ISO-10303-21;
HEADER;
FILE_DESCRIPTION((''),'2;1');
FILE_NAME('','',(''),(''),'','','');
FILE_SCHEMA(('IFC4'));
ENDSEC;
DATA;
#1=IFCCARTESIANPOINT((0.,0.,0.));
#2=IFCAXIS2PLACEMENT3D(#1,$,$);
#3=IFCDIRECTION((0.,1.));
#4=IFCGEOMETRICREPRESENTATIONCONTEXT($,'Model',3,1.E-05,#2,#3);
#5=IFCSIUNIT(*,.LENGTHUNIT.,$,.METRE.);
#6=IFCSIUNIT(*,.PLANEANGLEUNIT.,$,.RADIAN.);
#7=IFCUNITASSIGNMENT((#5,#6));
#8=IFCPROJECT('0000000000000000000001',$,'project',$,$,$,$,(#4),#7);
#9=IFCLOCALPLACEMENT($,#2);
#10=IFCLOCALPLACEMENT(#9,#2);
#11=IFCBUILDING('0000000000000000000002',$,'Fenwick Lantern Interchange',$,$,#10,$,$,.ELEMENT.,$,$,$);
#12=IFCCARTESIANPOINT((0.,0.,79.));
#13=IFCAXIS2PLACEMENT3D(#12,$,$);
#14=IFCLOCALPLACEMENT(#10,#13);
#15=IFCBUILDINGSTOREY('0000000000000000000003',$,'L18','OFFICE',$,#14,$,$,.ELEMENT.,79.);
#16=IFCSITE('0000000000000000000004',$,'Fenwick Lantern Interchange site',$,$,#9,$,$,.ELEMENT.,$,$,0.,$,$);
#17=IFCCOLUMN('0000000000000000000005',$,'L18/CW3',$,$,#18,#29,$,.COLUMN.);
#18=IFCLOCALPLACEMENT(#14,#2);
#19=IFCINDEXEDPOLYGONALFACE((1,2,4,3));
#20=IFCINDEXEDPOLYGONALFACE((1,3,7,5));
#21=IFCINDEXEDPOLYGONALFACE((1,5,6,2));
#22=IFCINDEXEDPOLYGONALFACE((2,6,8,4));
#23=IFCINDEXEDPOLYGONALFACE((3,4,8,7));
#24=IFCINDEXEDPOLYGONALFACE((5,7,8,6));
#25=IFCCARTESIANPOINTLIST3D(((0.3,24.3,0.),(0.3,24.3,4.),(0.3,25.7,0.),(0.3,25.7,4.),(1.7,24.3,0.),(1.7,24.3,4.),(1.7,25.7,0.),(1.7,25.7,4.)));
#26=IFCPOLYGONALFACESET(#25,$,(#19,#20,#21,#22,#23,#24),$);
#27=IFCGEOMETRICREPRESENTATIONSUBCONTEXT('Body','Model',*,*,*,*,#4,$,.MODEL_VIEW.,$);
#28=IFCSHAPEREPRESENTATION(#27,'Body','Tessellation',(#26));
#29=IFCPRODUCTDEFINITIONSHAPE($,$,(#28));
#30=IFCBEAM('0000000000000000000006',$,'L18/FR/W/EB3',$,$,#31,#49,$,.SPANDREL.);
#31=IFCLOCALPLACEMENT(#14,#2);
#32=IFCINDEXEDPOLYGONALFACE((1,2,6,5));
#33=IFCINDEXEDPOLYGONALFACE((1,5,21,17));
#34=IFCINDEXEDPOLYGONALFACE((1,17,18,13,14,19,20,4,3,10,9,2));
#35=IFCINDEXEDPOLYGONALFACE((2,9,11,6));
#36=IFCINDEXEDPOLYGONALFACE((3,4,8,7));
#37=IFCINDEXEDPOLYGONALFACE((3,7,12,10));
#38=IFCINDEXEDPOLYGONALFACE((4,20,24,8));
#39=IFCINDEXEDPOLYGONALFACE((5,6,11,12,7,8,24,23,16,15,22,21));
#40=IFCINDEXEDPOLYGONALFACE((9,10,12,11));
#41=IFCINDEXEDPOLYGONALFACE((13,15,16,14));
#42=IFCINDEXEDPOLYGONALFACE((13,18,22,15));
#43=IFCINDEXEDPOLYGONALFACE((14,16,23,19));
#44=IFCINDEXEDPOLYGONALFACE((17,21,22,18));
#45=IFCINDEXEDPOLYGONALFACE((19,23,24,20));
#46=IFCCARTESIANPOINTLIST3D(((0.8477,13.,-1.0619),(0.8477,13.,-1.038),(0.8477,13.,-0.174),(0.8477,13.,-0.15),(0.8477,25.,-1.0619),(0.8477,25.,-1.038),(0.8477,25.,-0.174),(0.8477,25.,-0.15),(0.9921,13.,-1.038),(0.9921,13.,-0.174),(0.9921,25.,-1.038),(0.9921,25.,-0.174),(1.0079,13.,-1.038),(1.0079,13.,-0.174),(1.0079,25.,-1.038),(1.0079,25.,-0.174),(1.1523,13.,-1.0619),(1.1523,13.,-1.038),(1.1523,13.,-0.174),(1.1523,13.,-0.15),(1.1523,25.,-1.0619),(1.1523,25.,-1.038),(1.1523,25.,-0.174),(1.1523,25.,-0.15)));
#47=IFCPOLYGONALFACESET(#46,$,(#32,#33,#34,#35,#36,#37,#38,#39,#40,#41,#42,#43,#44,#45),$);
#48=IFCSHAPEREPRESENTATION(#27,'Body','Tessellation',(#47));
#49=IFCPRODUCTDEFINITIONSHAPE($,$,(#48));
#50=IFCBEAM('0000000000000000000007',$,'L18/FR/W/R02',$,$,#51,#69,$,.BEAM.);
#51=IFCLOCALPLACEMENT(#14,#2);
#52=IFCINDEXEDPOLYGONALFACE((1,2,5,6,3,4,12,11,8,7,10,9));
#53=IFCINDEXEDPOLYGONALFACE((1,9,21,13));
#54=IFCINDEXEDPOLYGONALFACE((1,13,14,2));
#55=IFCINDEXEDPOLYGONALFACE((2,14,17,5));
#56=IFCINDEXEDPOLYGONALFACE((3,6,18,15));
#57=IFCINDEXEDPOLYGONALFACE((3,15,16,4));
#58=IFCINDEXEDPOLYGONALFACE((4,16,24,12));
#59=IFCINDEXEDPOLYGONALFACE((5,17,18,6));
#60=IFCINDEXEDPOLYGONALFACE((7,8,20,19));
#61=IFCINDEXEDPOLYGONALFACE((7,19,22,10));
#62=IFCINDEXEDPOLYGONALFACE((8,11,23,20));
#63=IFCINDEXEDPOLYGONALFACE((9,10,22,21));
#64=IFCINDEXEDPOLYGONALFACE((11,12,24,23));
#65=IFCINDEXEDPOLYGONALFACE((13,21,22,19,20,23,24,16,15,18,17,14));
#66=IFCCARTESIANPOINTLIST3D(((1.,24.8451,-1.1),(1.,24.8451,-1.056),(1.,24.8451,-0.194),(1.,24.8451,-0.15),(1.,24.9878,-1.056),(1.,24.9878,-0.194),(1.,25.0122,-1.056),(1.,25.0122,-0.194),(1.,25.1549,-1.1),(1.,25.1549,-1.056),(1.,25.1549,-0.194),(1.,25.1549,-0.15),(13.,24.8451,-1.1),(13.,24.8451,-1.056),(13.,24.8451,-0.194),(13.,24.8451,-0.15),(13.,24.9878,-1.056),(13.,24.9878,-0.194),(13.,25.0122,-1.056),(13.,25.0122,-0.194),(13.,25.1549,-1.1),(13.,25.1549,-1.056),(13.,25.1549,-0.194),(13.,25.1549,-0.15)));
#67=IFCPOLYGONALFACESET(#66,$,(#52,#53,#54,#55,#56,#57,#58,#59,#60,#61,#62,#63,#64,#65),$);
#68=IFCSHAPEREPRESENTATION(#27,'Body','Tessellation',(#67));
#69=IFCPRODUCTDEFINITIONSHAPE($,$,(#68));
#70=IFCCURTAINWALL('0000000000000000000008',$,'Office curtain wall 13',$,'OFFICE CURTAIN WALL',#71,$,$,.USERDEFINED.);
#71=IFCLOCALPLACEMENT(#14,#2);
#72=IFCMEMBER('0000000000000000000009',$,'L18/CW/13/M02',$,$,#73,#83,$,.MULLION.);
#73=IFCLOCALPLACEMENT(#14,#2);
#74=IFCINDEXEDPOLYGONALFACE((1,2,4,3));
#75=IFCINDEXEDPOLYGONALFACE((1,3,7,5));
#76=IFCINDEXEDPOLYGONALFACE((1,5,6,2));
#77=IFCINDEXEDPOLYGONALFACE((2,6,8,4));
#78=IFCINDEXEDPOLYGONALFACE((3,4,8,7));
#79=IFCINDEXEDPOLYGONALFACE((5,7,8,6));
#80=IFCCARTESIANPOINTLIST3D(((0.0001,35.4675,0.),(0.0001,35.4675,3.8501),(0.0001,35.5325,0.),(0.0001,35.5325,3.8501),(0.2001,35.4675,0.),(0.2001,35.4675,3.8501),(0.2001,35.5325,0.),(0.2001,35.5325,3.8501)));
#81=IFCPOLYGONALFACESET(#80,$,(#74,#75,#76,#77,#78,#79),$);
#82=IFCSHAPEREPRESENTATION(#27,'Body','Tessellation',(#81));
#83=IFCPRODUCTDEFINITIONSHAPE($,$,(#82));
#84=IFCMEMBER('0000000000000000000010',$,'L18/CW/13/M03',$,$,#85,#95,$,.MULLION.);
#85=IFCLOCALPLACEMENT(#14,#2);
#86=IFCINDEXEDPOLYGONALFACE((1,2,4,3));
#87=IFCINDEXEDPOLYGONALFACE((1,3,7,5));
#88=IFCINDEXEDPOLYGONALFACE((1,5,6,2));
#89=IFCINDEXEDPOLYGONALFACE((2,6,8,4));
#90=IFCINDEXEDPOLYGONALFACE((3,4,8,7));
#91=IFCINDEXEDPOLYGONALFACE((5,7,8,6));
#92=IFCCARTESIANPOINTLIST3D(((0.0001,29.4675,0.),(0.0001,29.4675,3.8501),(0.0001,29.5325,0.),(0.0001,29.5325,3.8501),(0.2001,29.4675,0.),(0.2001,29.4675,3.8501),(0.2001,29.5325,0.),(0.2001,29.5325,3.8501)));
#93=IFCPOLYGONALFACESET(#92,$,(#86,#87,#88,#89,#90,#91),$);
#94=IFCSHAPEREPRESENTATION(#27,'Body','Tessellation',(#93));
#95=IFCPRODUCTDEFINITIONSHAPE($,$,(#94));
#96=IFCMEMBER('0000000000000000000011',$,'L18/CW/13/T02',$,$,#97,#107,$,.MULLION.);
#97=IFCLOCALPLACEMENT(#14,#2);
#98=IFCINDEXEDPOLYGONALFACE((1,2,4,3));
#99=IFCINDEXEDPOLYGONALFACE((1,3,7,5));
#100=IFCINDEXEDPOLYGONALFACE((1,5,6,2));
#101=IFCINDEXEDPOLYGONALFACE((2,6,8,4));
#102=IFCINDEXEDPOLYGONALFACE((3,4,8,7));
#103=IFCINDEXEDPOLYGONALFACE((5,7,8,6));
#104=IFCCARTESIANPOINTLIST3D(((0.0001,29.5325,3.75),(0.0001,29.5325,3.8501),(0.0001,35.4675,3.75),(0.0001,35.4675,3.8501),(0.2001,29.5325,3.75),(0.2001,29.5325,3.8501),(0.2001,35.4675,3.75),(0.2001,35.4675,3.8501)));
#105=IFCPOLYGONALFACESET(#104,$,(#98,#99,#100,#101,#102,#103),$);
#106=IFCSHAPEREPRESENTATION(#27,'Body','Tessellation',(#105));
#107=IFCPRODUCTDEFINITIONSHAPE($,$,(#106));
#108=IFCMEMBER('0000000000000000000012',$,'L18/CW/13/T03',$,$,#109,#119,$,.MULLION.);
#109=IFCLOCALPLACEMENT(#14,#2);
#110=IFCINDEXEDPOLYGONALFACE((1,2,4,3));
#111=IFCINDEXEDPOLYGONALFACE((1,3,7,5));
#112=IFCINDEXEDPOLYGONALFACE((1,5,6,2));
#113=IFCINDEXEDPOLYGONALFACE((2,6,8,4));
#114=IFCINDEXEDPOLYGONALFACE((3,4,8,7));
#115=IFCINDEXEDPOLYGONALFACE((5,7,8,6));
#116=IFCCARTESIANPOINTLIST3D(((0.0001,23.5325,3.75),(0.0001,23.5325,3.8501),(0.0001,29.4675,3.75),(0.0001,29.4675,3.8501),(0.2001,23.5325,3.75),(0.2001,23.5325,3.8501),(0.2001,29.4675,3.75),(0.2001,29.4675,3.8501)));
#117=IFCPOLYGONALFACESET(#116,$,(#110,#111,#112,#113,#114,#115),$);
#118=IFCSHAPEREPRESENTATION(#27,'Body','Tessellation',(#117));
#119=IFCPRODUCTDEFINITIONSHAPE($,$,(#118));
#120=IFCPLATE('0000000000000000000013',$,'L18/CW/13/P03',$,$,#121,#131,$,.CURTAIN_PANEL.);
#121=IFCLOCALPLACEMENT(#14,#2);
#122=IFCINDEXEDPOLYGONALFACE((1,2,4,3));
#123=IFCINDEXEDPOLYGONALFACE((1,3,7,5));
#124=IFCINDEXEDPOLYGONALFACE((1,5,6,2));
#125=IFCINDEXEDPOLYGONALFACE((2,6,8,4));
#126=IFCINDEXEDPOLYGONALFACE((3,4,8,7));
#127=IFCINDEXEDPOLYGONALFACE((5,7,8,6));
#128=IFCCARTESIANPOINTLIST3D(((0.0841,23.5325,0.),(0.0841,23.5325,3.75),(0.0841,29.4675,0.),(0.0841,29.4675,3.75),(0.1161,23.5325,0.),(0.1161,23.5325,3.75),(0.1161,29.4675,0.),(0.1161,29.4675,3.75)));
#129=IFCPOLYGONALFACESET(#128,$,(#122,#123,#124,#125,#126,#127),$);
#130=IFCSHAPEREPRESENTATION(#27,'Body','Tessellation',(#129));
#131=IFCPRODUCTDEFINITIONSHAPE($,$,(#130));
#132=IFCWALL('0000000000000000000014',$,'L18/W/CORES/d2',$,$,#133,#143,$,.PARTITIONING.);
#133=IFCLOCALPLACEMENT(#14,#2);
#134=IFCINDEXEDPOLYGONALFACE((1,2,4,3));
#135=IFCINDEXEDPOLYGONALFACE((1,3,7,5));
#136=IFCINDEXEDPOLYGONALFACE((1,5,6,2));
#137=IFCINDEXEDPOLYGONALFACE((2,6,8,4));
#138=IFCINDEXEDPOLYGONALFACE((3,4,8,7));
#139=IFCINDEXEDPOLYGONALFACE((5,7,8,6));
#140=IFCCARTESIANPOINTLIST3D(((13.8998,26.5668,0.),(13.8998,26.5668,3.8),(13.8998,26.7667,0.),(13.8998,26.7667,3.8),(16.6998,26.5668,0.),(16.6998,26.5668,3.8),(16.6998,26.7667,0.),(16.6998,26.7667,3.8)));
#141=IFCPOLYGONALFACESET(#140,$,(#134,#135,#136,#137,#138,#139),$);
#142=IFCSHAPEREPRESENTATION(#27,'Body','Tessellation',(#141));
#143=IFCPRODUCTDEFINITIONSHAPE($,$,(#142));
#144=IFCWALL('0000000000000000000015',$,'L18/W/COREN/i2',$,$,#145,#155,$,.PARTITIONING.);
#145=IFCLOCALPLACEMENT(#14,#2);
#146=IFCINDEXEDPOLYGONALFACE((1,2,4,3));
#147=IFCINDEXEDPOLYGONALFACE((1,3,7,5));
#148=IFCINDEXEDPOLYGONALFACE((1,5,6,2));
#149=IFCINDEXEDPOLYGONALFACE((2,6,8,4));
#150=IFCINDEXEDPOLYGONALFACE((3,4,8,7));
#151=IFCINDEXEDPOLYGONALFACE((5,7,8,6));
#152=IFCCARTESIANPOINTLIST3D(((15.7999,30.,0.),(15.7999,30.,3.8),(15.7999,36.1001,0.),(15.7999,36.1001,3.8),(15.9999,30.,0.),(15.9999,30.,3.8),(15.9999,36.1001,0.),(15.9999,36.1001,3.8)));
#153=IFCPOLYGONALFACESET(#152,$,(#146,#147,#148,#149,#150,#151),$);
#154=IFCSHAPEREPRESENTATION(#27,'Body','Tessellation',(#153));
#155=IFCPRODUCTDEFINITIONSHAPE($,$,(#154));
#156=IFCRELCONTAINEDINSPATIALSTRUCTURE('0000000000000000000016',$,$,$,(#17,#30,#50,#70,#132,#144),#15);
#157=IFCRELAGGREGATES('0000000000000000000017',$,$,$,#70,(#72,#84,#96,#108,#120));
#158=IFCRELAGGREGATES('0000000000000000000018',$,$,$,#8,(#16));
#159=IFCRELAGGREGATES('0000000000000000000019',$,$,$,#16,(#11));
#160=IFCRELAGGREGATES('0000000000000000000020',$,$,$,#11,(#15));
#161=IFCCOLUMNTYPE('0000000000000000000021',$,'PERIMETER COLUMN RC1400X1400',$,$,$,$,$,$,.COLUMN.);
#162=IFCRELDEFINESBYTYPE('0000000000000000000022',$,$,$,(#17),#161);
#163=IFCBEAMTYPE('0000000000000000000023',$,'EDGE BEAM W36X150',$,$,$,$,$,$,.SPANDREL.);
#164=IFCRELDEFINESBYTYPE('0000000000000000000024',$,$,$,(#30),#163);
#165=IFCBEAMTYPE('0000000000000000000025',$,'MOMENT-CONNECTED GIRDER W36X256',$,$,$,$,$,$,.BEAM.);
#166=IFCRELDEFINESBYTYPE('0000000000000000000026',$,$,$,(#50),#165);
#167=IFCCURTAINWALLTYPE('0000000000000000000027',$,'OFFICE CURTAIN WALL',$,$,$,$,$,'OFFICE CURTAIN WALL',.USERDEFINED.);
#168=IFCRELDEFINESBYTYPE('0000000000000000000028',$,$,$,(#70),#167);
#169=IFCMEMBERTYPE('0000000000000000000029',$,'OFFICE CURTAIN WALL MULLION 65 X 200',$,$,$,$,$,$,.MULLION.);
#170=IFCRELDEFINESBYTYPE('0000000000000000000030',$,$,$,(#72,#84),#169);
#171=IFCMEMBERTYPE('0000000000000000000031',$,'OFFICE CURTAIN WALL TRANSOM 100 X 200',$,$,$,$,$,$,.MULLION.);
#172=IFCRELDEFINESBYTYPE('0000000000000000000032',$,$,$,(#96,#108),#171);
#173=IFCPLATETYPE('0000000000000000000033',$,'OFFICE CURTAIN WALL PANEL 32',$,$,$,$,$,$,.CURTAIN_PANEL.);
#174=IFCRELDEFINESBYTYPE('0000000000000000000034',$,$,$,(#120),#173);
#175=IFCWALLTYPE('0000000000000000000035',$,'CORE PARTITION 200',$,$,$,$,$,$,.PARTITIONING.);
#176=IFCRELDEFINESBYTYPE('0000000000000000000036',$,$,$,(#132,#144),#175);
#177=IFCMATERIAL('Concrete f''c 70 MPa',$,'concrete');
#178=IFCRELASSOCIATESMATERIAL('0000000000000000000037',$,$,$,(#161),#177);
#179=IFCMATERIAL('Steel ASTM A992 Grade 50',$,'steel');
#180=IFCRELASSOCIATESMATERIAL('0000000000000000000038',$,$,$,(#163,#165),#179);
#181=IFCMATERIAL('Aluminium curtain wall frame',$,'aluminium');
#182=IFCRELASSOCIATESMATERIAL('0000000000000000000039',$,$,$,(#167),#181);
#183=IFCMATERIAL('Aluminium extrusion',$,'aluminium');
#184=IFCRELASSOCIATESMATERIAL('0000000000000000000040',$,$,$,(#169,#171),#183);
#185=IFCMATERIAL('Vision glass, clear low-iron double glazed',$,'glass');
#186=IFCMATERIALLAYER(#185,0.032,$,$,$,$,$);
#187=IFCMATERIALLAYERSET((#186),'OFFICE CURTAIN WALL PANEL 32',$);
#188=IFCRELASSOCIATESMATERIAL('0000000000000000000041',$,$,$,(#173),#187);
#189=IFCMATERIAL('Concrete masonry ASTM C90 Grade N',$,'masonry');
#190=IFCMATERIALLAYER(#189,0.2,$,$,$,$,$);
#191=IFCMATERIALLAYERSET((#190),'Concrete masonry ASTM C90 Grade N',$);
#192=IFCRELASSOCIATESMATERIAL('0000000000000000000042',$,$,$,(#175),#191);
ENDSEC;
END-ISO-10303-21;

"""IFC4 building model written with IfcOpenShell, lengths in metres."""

from ifc_helpers import new_model, si_unit, direction, frame, frame_2d, origin, origin_2d, place, context, subcontext, project, spatial, rectangle, i_section, extrude, material, layer, layer_set, material_profile, profile_set, type_object, element, aggregate, save


model = new_model("IFC4")

# Units and contexts
model_context = context("Model", 3, precision=1e-05, world=origin(), true_north=direction((0.0, 1.0)))
body_context = subcontext(model_context, "Body", "Model", "MODEL_VIEW")
ifc_project = project(units=[si_unit("LENGTHUNIT", "METRE"), si_unit("PLANEANGLEUNIT", "RADIAN")], contexts=[model_context])

# Site, building, storey
site_placement = place(None, origin())
site = spatial("IfcSite", under=ifc_project, at=site_placement, Name="Fenwick Lantern Interchange site", CompositionType="ELEMENT", RefElevation=0.0)
building_placement = place(site_placement, origin())
building = spatial("IfcBuilding", under=site, at=building_placement, Name="Fenwick Lantern Interchange", CompositionType="ELEMENT")
storey_placement = place(building_placement, frame((0.0, 0.0, 79.0)))
storey = spatial("IfcBuildingStorey", under=building, at=storey_placement, Name="L18", Description="OFFICE", CompositionType="ELEMENT", Elevation=79.0)

# Column
ifc_material_1 = material(Name="Concrete f'c 70 MPa", Category="concrete")
ifc_material_profile_1 = material_profile(ifc_material_1, rectangle(XDim=1.3999, YDim=1.3999, at=origin_2d()), Name="RC1400X1400")
ifc_profile_set_1 = profile_set([ifc_material_profile_1], Name="Concrete f'c 70 MPa")
column_type = type_object("IfcColumnType", Name="PERIMETER COLUMN RC1400X1400", PredefinedType="COLUMN", material=ifc_profile_set_1)
column_placement = place(storey_placement, frame((1.0, 25.0, 0.0), z_axis=(0.0, 0.0, 1.0), x_axis=(1.0, 0.0, 0.0)))
element("IfcColumn", 1, at=column_placement, inside=storey, type_object=column_type, Name="L18/CW3", PredefinedType="COLUMN", context=body_context, shape_type="SweptSolid", body=[
    extrude(rectangle(XDim=1.3999, YDim=1.3999, at=origin_2d()), origin(), (0.0, 0.0, 1.0), 4.0),
])

# Beams
ifc_material_2 = material(Name="Steel ASTM A992 Grade 50", Category="steel")
ifc_material_profile_2 = material_profile(ifc_material_2, i_section(OverallWidth=0.3047, OverallDepth=0.9119, WebThickness=0.0159, FlangeThickness=0.0239, at=origin_2d()), Name="W36X150")
ifc_profile_set_2 = profile_set([ifc_material_profile_2], Name="Steel ASTM A992 Grade 50")
beam_type_1 = type_object("IfcBeamType", Name="EDGE BEAM W36X150", PredefinedType="SPANDREL", material=ifc_profile_set_2)
beam_1_placement = place(storey_placement, frame((1.0, 25.0, -0.606), z_axis=(0.0, -1.0, 0.0), x_axis=(1.0, 0.0, 0.0)))
element("IfcBeam", 2, at=beam_1_placement, inside=storey, type_object=beam_type_1, Name="L18/FR/W/EB3", PredefinedType="SPANDREL", context=body_context, shape_type="SweptSolid", body=[
    extrude(i_section(OverallWidth=0.3047, OverallDepth=0.9119, WebThickness=0.0159, FlangeThickness=0.0239, at=origin_2d()), origin(), (0.0, 0.0, 1.0), 12.0),
])
ifc_material_profile_3 = material_profile(ifc_material_2, i_section(OverallWidth=0.3098, OverallDepth=0.95, WebThickness=0.0244, FlangeThickness=0.0439, at=origin_2d()), Name="W36X256")
ifc_profile_set_3 = profile_set([ifc_material_profile_3], Name="Steel ASTM A992 Grade 50")
beam_type_2 = type_object("IfcBeamType", Name="MOMENT-CONNECTED GIRDER W36X256", PredefinedType="BEAM", material=ifc_profile_set_3)
beam_2_placement = place(storey_placement, frame((1.0, 25.0, -0.625), z_axis=(1.0, 0.0, 0.0), x_axis=(0.0, 1.0, 0.0)))
element("IfcBeam", 3, at=beam_2_placement, inside=storey, type_object=beam_type_2, Name="L18/FR/W/R02", PredefinedType="BEAM", context=body_context, shape_type="SweptSolid", body=[
    extrude(i_section(OverallWidth=0.3098, OverallDepth=0.95, WebThickness=0.0244, FlangeThickness=0.0439, at=origin_2d()), origin(), (0.0, 0.0, 1.0), 12.0),
])

# Curtain wall, members, plate
ifc_material_3 = material(Name="Aluminium curtain wall frame", Category="aluminium")
curtain_wall_type = type_object("IfcCurtainWallType", Name="OFFICE CURTAIN WALL", ElementType="OFFICE CURTAIN WALL", PredefinedType="USERDEFINED", material=ifc_material_3)
curtain_wall_placement = place(storey_placement, origin())
curtain_wall = element("IfcCurtainWall", 4, at=curtain_wall_placement, inside=storey, type_object=curtain_wall_type, Name="Office curtain wall 13", ObjectType="OFFICE CURTAIN WALL", PredefinedType="USERDEFINED")
ifc_material_4 = material(Name="Aluminium extrusion", Category="aluminium")
ifc_material_profile_4 = material_profile(ifc_material_4, rectangle(XDim=0.2, YDim=0.0649, at=origin_2d()), Name="OFFICE CURTAIN WALL MULLION 65 X 200")
ifc_profile_set_4 = profile_set([ifc_material_profile_4], Name="Aluminium extrusion")
member_type_1 = type_object("IfcMemberType", Name="OFFICE CURTAIN WALL MULLION 65 X 200", PredefinedType="MULLION", material=ifc_profile_set_4)
member_1_placement = place(storey_placement, frame((0.1001, 35.5, 0.0), z_axis=(0.0, 0.0, 1.0), x_axis=(1.0, 0.0, 0.0)))
member_1 = element("IfcMember", 5, at=member_1_placement, type_object=member_type_1, Name="L18/CW/13/M02", PredefinedType="MULLION", context=body_context, shape_type="SweptSolid", body=[
    extrude(rectangle(XDim=0.2, YDim=0.0649, at=origin_2d()), origin(), (0.0, 0.0, 1.0), 3.8501),
])
member_2_placement = place(storey_placement, frame((0.1001, 29.5, 0.0), z_axis=(0.0, 0.0, 1.0), x_axis=(1.0, 0.0, 0.0)))
member_2 = element("IfcMember", 6, at=member_2_placement, type_object=member_type_1, Name="L18/CW/13/M03", PredefinedType="MULLION", context=body_context, shape_type="SweptSolid", body=[
    extrude(rectangle(XDim=0.2, YDim=0.0649, at=origin_2d()), origin(), (0.0, 0.0, 1.0), 3.8501),
])
ifc_material_profile_5 = material_profile(ifc_material_4, rectangle(XDim=0.2, YDim=0.1001, at=origin_2d()), Name="OFFICE CURTAIN WALL TRANSOM 100 X 200")
ifc_profile_set_5 = profile_set([ifc_material_profile_5], Name="Aluminium extrusion")
member_type_2 = type_object("IfcMemberType", Name="OFFICE CURTAIN WALL TRANSOM 100 X 200", PredefinedType="MULLION", material=ifc_profile_set_5)
member_3_placement = place(storey_placement, frame((0.1001, 35.4675, 3.8), z_axis=(0.0, -1.0, 0.0), x_axis=(1.0, 0.0, 0.0)))
member_3 = element("IfcMember", 7, at=member_3_placement, type_object=member_type_2, Name="L18/CW/13/T02", PredefinedType="MULLION", context=body_context, shape_type="SweptSolid", body=[
    extrude(rectangle(XDim=0.2, YDim=0.1001, at=origin_2d()), origin(), (0.0, 0.0, 1.0), 5.9351),
])
member_4_placement = place(storey_placement, frame((0.1001, 29.4675, 3.8), z_axis=(0.0, -1.0, 0.0), x_axis=(1.0, 0.0, 0.0)))
member_4 = element("IfcMember", 8, at=member_4_placement, type_object=member_type_2, Name="L18/CW/13/T03", PredefinedType="MULLION", context=body_context, shape_type="SweptSolid", body=[
    extrude(rectangle(XDim=0.2, YDim=0.1001, at=origin_2d()), origin(), (0.0, 0.0, 1.0), 5.9351),
])
ifc_material_5 = material(Name="Vision glass, clear low-iron double glazed", Category="glass")
ifc_layer_1 = layer(ifc_material_5, 0.032)
ifc_layer_set_1 = layer_set([ifc_layer_1], Name="OFFICE CURTAIN WALL PANEL 32")
plate_type = type_object("IfcPlateType", Name="OFFICE CURTAIN WALL PANEL 32", PredefinedType="CURTAIN_PANEL", material=ifc_layer_set_1)
plate_placement = place(storey_placement, frame((0.1001, 26.5, 0.0), z_axis=(0.0, 0.0, 1.0), x_axis=(0.0, -1.0, 0.0)))
plate = element("IfcPlate", 9, at=plate_placement, type_object=plate_type, Name="L18/CW/13/P03", PredefinedType="CURTAIN_PANEL", context=body_context, shape_type="SweptSolid", body=[
    extrude(rectangle(XDim=5.9351, YDim=0.032, at=origin_2d()), origin(), (0.0, 0.0, 1.0), 3.75),
])
aggregate(curtain_wall, [member_1, member_2, member_3, member_4, plate])

# Walls
ifc_material_6 = material(Name="Concrete masonry ASTM C90 Grade N", Category="masonry")
ifc_layer_2 = layer(ifc_material_6, 0.2)
ifc_layer_set_2 = layer_set([ifc_layer_2], Name="Concrete masonry ASTM C90 Grade N")
wall_type_1 = type_object("IfcWallType", Name="CORE PARTITION 200", PredefinedType="PARTITIONING", material=ifc_layer_set_2)
wall_1_placement = place(storey_placement, frame((13.8999, 26.6667, 0.0), z_axis=(0.0, 0.0, 1.0), x_axis=(1.0, 0.0, 0.0)))
element("IfcWall", 10, at=wall_1_placement, inside=storey, type_object=wall_type_1, Name="L18/W/CORES/d2", PredefinedType="PARTITIONING", context=body_context, shape_type="SweptSolid", body=[
    extrude(rectangle(XDim=2.8, YDim=0.2, at=frame_2d((1.3999, 0.0))), origin(), (0.0, 0.0, 1.0), 3.8),
])
wall_2_placement = place(storey_placement, frame((15.8999, 36.1001, 0.0), z_axis=(0.0, 0.0, 1.0), x_axis=(0.0, -1.0, 0.0)))
element("IfcWall", 11, at=wall_2_placement, inside=storey, type_object=wall_type_1, Name="L18/W/COREN/i2", PredefinedType="PARTITIONING", context=body_context, shape_type="SweptSolid", body=[
    extrude(rectangle(XDim=6.1001, YDim=0.2, at=frame_2d((3.05, 0.0))), origin(), (0.0, 0.0, 1.0), 3.8),
])

save(model, "model.ifc")
